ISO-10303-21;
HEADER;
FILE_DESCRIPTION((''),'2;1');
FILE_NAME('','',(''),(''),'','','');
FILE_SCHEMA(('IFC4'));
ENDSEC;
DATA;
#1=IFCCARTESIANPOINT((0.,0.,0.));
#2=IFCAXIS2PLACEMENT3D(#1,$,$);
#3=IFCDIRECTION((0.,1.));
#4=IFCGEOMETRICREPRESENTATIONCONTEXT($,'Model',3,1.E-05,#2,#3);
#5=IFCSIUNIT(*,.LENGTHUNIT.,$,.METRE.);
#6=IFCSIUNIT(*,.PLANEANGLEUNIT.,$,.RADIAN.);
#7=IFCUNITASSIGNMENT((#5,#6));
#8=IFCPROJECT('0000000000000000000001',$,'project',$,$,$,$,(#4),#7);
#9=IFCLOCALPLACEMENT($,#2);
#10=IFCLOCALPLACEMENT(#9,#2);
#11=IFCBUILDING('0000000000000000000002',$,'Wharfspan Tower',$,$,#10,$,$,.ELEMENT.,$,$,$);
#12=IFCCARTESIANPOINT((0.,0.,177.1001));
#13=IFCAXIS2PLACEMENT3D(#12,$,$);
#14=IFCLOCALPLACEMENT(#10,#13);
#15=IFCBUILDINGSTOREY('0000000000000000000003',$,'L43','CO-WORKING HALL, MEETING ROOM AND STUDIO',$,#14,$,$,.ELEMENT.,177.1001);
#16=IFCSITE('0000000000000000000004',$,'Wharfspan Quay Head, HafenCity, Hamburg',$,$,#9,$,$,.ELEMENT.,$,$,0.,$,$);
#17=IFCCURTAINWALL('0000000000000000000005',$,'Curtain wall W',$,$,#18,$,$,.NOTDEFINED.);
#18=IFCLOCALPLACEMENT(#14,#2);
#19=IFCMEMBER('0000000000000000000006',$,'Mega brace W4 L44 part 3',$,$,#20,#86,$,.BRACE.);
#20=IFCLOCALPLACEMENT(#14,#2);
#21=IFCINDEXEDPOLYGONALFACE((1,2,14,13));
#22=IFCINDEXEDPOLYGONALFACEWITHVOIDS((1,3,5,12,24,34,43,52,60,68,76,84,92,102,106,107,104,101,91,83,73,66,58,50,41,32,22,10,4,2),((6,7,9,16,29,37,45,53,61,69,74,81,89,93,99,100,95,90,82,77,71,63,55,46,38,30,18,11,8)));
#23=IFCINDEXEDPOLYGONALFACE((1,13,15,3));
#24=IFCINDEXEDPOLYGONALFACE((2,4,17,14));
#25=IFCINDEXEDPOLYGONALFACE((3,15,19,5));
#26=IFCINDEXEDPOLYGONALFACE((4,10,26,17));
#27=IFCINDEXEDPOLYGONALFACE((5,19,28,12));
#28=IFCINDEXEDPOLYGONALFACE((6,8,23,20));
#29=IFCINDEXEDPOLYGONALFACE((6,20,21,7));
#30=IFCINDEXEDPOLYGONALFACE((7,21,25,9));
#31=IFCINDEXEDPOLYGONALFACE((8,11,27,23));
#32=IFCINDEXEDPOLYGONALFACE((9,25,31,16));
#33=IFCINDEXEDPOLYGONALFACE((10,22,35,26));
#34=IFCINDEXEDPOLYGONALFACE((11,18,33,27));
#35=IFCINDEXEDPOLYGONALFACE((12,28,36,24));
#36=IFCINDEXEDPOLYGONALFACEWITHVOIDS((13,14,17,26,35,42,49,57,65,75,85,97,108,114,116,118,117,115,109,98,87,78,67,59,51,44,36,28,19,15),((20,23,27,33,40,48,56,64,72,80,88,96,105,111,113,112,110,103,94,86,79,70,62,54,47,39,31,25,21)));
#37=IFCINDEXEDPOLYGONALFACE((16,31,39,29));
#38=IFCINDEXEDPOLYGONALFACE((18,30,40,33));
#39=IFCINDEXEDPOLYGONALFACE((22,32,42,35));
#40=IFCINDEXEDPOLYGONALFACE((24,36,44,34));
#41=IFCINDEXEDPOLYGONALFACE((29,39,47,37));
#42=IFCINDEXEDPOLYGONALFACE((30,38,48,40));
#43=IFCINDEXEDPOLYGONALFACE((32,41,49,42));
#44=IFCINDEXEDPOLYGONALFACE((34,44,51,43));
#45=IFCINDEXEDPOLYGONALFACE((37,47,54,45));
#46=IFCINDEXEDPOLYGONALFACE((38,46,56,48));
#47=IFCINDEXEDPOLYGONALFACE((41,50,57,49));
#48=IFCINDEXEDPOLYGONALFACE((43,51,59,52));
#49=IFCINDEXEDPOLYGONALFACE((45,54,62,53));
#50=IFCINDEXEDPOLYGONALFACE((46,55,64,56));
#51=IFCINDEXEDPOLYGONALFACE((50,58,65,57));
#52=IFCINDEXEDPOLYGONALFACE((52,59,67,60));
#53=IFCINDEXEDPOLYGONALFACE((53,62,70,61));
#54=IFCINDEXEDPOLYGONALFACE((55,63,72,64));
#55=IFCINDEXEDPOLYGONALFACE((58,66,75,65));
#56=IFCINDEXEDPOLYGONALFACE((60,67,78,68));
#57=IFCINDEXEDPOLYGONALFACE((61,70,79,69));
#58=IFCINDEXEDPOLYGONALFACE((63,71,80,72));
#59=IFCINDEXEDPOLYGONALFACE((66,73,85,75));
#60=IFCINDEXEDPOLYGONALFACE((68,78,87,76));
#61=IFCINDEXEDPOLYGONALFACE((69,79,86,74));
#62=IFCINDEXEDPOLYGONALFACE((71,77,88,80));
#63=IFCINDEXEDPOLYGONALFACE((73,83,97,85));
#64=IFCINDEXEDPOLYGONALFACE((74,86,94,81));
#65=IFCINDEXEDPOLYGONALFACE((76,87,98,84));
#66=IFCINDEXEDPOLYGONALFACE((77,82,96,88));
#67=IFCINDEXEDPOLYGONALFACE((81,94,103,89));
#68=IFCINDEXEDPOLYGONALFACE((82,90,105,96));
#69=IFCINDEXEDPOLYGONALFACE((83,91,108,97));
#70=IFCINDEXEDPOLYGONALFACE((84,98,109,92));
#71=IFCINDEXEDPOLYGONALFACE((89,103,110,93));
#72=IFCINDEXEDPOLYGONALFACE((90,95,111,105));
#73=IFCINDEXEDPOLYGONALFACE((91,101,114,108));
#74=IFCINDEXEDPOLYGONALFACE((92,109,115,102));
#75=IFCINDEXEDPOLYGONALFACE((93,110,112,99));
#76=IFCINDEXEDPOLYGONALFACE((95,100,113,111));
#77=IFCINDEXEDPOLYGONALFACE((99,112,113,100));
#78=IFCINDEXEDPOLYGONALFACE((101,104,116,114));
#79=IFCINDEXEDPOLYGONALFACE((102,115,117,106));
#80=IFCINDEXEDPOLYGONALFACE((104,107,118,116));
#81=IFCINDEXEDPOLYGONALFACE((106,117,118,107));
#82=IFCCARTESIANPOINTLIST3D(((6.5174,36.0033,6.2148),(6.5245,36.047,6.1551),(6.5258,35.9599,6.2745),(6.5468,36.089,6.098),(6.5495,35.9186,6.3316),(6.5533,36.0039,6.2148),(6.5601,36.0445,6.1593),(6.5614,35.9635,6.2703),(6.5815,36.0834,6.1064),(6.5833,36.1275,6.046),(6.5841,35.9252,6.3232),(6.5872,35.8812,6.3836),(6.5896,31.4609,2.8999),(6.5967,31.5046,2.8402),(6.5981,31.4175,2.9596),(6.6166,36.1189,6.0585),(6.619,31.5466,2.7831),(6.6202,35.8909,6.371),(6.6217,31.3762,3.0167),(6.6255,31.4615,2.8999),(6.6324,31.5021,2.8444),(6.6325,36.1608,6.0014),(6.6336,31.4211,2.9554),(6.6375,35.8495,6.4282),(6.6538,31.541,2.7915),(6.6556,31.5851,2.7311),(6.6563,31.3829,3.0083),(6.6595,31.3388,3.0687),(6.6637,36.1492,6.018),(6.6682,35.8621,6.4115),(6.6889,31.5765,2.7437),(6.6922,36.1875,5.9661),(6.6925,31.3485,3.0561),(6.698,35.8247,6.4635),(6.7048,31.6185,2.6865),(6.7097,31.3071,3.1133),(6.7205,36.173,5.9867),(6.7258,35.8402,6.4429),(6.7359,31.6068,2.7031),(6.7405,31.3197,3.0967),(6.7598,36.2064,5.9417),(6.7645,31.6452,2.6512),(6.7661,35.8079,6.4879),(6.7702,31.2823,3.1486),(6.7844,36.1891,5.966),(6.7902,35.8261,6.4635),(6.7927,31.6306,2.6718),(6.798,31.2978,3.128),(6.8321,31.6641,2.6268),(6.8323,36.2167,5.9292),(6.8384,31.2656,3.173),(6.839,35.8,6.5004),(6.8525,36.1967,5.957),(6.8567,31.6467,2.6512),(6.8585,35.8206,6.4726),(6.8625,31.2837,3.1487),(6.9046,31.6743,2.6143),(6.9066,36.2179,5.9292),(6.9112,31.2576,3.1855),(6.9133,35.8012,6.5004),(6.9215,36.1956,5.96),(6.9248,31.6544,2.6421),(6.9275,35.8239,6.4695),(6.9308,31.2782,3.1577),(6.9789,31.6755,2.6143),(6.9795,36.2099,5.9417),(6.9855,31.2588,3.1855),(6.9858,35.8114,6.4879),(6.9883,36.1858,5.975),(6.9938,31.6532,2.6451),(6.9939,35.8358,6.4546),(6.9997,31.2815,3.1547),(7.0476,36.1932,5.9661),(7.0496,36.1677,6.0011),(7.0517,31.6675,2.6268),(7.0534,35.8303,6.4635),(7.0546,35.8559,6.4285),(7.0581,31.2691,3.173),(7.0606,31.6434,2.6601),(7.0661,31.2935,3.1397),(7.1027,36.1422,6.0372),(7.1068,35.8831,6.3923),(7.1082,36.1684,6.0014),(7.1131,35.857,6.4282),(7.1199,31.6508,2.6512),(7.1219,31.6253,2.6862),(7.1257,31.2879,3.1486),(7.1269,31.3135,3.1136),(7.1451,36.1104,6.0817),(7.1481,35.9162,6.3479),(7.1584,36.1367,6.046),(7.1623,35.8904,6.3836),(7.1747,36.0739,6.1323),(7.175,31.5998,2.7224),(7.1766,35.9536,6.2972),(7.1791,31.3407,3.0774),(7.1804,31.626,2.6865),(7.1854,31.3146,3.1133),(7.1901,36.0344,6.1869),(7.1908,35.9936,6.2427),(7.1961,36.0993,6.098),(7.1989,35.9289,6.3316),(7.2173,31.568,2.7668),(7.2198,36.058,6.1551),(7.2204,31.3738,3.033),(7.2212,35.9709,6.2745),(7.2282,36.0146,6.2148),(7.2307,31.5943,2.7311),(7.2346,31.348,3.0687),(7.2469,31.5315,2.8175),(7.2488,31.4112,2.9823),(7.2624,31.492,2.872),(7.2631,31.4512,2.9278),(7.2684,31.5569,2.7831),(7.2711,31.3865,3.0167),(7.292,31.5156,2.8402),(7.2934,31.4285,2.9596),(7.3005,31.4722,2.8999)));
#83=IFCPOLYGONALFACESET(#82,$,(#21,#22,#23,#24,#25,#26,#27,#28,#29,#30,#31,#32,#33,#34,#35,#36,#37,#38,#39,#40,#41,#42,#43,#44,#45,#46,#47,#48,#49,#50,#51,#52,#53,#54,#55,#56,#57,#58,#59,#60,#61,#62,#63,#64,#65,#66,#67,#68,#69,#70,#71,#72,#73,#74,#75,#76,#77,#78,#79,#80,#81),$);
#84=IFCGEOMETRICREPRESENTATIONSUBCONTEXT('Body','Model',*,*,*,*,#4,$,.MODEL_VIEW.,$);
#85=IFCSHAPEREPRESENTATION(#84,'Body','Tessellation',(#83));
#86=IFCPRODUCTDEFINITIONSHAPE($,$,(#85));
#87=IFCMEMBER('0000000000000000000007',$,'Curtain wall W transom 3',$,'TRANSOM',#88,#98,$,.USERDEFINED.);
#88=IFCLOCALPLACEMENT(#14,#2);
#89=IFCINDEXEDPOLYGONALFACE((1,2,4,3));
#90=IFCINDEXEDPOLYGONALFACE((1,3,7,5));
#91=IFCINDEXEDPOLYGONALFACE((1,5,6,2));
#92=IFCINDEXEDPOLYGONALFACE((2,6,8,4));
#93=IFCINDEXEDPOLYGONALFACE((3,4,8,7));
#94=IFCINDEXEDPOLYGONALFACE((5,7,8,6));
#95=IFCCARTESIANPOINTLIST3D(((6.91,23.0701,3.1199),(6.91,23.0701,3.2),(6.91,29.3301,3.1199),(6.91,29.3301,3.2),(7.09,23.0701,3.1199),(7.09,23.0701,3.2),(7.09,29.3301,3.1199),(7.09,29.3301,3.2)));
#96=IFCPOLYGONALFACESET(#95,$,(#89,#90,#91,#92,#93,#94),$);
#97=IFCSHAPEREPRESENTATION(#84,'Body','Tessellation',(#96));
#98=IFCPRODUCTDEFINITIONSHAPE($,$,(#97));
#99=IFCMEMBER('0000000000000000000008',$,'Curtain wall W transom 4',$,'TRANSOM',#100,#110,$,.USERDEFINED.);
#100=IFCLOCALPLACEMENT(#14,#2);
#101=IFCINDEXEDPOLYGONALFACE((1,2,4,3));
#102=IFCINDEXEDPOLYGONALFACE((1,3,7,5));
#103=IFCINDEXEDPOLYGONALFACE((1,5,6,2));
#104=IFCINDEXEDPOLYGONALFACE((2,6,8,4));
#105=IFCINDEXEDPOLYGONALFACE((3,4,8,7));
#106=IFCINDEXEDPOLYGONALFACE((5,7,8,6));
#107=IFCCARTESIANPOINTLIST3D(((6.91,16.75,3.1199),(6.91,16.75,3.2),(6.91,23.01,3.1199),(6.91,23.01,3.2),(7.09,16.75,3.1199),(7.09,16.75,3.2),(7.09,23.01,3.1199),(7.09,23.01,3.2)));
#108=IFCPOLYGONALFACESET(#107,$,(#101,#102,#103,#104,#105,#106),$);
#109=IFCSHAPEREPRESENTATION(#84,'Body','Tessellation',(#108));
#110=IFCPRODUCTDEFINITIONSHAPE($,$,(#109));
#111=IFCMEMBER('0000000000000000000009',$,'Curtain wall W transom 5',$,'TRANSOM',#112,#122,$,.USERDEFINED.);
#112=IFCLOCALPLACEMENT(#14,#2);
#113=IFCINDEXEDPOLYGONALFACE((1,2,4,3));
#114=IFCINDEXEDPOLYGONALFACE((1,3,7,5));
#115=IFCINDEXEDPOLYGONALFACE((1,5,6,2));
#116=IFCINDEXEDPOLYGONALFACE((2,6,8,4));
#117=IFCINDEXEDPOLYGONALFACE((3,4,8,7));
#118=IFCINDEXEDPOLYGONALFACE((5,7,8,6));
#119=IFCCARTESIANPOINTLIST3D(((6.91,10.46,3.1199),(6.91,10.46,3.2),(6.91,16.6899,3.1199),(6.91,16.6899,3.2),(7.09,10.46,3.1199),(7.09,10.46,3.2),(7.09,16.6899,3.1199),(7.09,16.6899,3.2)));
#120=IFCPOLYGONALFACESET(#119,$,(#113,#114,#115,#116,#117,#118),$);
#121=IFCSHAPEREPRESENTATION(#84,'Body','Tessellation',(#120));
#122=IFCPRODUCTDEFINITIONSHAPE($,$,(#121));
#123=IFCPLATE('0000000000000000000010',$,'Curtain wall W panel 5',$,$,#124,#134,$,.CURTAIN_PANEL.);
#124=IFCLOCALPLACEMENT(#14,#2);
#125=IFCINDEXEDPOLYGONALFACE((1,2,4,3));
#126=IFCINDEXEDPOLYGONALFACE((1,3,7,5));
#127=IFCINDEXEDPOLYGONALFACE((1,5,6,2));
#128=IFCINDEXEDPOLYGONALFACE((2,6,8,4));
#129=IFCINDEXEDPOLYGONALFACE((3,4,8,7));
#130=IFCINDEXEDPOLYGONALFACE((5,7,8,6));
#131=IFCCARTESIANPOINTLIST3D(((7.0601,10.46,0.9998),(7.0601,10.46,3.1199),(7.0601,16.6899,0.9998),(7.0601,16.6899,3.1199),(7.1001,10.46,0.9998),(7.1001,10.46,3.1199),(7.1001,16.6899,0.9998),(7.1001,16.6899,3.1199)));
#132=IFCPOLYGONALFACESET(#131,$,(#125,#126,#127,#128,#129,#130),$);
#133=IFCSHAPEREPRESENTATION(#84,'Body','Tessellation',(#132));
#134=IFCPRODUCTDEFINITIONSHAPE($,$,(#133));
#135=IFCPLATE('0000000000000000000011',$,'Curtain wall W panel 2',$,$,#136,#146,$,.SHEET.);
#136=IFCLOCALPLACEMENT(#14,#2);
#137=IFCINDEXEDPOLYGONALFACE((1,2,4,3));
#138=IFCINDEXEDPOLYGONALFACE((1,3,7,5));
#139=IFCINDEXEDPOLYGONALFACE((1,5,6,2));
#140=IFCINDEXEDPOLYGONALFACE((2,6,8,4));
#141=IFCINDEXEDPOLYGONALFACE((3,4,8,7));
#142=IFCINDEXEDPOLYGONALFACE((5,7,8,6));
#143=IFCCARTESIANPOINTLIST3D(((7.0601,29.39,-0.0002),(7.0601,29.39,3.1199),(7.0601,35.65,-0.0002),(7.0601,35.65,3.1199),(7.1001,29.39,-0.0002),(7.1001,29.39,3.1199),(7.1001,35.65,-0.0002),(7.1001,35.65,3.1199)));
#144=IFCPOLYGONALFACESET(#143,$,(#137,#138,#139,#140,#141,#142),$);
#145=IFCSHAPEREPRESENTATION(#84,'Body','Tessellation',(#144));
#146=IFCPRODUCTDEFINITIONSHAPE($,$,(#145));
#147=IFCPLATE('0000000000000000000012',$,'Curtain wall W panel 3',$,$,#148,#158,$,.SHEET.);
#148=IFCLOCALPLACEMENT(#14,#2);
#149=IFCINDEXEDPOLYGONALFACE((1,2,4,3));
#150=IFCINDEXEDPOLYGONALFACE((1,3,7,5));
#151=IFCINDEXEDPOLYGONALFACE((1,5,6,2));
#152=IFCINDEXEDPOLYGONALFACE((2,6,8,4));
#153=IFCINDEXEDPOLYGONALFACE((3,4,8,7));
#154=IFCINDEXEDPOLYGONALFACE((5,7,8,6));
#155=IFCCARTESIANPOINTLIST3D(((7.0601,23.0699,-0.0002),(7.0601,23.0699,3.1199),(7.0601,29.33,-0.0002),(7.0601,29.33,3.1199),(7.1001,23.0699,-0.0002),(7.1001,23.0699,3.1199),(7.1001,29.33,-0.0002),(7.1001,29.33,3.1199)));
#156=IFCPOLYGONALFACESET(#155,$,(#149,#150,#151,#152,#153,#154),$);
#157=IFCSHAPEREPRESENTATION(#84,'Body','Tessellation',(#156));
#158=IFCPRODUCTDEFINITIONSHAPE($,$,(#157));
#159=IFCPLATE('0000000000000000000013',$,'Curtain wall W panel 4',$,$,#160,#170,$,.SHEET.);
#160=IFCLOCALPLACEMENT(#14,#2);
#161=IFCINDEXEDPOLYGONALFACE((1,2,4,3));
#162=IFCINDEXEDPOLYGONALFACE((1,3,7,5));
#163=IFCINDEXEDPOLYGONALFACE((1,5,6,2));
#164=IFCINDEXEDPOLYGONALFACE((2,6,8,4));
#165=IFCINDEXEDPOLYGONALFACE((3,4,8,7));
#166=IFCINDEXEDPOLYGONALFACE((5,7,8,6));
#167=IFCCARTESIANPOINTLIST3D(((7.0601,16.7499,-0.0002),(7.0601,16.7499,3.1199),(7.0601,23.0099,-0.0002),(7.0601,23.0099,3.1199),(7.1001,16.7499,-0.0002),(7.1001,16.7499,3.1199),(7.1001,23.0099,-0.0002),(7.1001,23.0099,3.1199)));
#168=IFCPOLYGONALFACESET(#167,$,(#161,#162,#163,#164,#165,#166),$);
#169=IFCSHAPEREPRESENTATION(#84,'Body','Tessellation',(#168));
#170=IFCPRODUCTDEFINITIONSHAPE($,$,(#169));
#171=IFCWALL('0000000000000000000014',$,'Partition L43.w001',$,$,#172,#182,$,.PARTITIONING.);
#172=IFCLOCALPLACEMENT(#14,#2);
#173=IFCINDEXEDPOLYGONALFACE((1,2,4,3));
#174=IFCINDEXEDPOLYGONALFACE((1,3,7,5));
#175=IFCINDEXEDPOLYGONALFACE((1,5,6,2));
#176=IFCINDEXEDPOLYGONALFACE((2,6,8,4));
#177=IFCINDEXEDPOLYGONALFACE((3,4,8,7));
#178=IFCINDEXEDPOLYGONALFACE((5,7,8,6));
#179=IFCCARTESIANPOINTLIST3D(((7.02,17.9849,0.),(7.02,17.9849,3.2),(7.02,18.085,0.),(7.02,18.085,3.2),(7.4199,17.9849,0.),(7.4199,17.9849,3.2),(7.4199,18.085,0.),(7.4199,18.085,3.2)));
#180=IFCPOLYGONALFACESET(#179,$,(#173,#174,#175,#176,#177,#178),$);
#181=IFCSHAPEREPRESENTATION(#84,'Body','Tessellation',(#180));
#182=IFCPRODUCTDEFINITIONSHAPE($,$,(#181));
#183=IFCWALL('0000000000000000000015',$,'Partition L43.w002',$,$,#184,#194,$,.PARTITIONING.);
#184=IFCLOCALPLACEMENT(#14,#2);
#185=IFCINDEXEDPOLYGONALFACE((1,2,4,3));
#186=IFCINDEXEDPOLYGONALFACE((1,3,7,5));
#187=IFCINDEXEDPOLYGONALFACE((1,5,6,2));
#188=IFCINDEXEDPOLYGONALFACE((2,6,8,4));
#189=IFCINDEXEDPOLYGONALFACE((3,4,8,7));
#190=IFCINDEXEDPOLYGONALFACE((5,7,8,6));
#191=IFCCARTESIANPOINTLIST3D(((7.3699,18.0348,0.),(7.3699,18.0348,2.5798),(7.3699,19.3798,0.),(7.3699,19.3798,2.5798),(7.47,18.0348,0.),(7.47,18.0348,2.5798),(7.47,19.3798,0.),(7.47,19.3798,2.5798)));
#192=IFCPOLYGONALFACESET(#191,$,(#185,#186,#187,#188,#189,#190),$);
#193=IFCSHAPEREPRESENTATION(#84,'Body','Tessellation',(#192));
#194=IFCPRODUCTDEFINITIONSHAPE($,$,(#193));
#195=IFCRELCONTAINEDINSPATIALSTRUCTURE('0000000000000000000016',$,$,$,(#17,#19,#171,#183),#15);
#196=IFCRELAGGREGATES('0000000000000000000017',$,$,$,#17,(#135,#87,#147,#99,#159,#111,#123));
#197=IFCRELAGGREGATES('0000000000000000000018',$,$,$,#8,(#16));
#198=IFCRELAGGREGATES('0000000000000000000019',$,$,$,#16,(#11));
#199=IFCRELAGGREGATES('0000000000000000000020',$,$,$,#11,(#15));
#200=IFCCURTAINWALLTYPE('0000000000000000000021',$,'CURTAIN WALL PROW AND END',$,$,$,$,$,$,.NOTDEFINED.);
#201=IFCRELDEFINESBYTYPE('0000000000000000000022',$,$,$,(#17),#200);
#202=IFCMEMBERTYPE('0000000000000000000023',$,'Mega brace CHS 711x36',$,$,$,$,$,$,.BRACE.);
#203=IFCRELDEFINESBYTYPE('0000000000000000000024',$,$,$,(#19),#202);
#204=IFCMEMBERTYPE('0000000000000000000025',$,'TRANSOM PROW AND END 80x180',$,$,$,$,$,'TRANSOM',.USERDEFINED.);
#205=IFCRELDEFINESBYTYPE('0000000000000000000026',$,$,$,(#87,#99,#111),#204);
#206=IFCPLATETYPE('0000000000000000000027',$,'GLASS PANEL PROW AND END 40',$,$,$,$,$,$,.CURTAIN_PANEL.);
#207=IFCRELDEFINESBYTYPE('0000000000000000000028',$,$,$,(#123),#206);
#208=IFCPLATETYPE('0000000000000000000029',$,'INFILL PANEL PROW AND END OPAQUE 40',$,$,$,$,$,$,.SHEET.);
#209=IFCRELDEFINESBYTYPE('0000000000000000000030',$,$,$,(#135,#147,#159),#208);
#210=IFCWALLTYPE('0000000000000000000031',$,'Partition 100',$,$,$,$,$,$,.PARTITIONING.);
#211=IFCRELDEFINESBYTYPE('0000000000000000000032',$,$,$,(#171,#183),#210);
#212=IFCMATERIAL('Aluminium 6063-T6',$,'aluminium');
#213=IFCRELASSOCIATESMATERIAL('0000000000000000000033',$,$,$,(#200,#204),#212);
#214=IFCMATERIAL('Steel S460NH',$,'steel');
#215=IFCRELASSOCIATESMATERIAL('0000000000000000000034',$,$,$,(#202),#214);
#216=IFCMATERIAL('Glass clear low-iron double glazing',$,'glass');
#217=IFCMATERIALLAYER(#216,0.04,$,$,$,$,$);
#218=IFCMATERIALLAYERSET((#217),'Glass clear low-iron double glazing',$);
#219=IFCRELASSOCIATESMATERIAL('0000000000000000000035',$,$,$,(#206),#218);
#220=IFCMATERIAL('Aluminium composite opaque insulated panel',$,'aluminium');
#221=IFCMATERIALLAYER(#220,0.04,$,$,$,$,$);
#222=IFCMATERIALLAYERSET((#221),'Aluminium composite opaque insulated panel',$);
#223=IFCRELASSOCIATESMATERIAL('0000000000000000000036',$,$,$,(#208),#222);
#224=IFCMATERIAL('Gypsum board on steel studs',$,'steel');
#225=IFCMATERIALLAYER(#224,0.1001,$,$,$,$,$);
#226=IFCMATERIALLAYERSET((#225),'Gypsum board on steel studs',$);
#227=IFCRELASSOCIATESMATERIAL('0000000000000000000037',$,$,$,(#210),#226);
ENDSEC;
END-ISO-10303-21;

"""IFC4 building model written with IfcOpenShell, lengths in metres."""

from ifc_helpers import new_model, si_unit, direction, frame, frame_2d, origin, origin_2d, place, context, subcontext, project, spatial, rectangle, hollow_circle, extrude, material, layer, layer_set, material_profile, profile_set, type_object, element, aggregate, save


model = new_model("IFC4")

# Units and contexts
model_context = context("Model", 3, precision=1e-05, world=origin(), true_north=direction((0.0, 1.0)))
body_context = subcontext(model_context, "Body", "Model", "MODEL_VIEW")
ifc_project = project(units=[si_unit("LENGTHUNIT", "METRE"), si_unit("PLANEANGLEUNIT", "RADIAN")], contexts=[model_context])

# Site, building, storey
site_placement = place(None, origin())
site = spatial("IfcSite", under=ifc_project, at=site_placement, Name="Wharfspan Quay Head, HafenCity, Hamburg", CompositionType="ELEMENT", RefElevation=0.0)
building_placement = place(site_placement, origin())
building = spatial("IfcBuilding", under=site, at=building_placement, Name="Wharfspan Tower", CompositionType="ELEMENT")
storey_placement = place(building_placement, frame((0.0, 0.0, 177.1001)))
storey = spatial("IfcBuildingStorey", under=building, at=storey_placement, Name="L43", Description="CO-WORKING HALL, MEETING ROOM AND STUDIO", CompositionType="ELEMENT", Elevation=177.1001)

# Curtain wall
ifc_material_1 = material(Name="Aluminium 6063-T6", Category="aluminium")
curtain_wall_type = type_object("IfcCurtainWallType", Name="CURTAIN WALL PROW AND END", PredefinedType="NOTDEFINED", material=ifc_material_1)
curtain_wall_placement = place(storey_placement, origin())
curtain_wall = element("IfcCurtainWall", 1, at=curtain_wall_placement, inside=storey, type_object=curtain_wall_type, Name="Curtain wall W", PredefinedType="NOTDEFINED")

# Member
ifc_material_2 = material(Name="Steel S460NH", Category="steel")
ifc_material_profile_1 = material_profile(ifc_material_2, hollow_circle(Radius=0.3555, WallThickness=0.0359, at=origin_2d()))
ifc_profile_set_1 = profile_set([ifc_material_profile_1], Name="Steel S460NH")
member_type_1 = type_object("IfcMemberType", Name="Mega brace CHS 711x36", PredefinedType="BRACE", material=ifc_profile_set_1)
member_1_placement = place(storey_placement, frame((6.9451, 31.4666, 2.8999), z_axis=(-0.01285, 0.807711, 0.589439), x_axis=(-0.999876, -0.015905, -0.000003)))
element("IfcMember", 2, at=member_1_placement, inside=storey, type_object=member_type_1, Name="Mega brace W4 L44 part 3", PredefinedType="BRACE", context=body_context, shape_type="SweptSolid", body=[
    extrude(hollow_circle(Radius=0.3555, WallThickness=0.0359, at=origin_2d()), origin(), (0.0, 0.0, 1.0), 5.6238),
])

# Members
ifc_material_profile_2 = material_profile(ifc_material_1, rectangle(XDim=0.1799, YDim=0.0801, at=origin_2d()))
ifc_profile_set_2 = profile_set([ifc_material_profile_2], Name="Aluminium 6063-T6")
member_type_2 = type_object("IfcMemberType", Name="TRANSOM PROW AND END 80x180", ElementType="TRANSOM", PredefinedType="USERDEFINED", material=ifc_profile_set_2)
member_2_placement = place(storey_placement, frame((7.0, 29.3301, 3.1599), z_axis=(0.0, -1.0, 0.0), x_axis=(1.0, 0.0, 0.0)))
member_2 = element("IfcMember", 3, at=member_2_placement, type_object=member_type_2, Name="Curtain wall W transom 3", ObjectType="TRANSOM", PredefinedType="USERDEFINED", context=body_context, shape_type="SweptSolid", body=[
    extrude(rectangle(XDim=0.1799, YDim=0.0801, at=origin_2d()), origin(), (0.0, 0.0, 1.0), 6.26),
])
member_3_placement = place(storey_placement, frame((7.0, 23.01, 3.1599), z_axis=(0.0, -1.0, 0.0), x_axis=(1.0, 0.0, 0.0)))
member_3 = element("IfcMember", 4, at=member_3_placement, type_object=member_type_2, Name="Curtain wall W transom 4", ObjectType="TRANSOM", PredefinedType="USERDEFINED", context=body_context, shape_type="SweptSolid", body=[
    extrude(rectangle(XDim=0.1799, YDim=0.0801, at=origin_2d()), origin(), (0.0, 0.0, 1.0), 6.26),
])
member_4_placement = place(storey_placement, frame((7.0, 16.6899, 3.1599), z_axis=(0.0, -1.0, 0.0), x_axis=(1.0, 0.0, 0.0)))
member_4 = element("IfcMember", 5, at=member_4_placement, type_object=member_type_2, Name="Curtain wall W transom 5", ObjectType="TRANSOM", PredefinedType="USERDEFINED", context=body_context, shape_type="SweptSolid", body=[
    extrude(rectangle(XDim=0.1799, YDim=0.0801, at=origin_2d()), origin(), (0.0, 0.0, 1.0), 6.23),
])

# Plates
ifc_material_3 = material(Name="Glass clear low-iron double glazing", Category="glass")
ifc_layer_1 = layer(ifc_material_3, 0.04)
ifc_layer_set_1 = layer_set([ifc_layer_1], Name="Glass clear low-iron double glazing")
plate_type_1 = type_object("IfcPlateType", Name="GLASS PANEL PROW AND END 40", PredefinedType="CURTAIN_PANEL", material=ifc_layer_set_1)
plate_1_placement = place(storey_placement, frame((7.0801, 13.575, 0.9998), z_axis=(0.0, 0.0, 1.0), x_axis=(0.0, -1.0, 0.0)))
plate_1 = element("IfcPlate", 6, at=plate_1_placement, type_object=plate_type_1, Name="Curtain wall W panel 5", PredefinedType="CURTAIN_PANEL", context=body_context, shape_type="SweptSolid", body=[
    extrude(rectangle(XDim=6.23, YDim=0.04, at=origin_2d()), origin(), (0.0, 0.0, 1.0), 2.1201),
])
ifc_material_4 = material(Name="Aluminium composite opaque insulated panel", Category="aluminium")
ifc_layer_2 = layer(ifc_material_4, 0.04)
ifc_layer_set_2 = layer_set([ifc_layer_2], Name="Aluminium composite opaque insulated panel")
plate_type_2 = type_object("IfcPlateType", Name="INFILL PANEL PROW AND END OPAQUE 40", PredefinedType="SHEET", material=ifc_layer_set_2)
plate_2_placement = place(storey_placement, frame((7.0801, 32.52, -0.0002), z_axis=(0.0, 0.0, 1.0), x_axis=(0.0, -1.0, 0.0)))
plate_2 = element("IfcPlate", 7, at=plate_2_placement, type_object=plate_type_2, Name="Curtain wall W panel 2", PredefinedType="SHEET", context=body_context, shape_type="SweptSolid", body=[
    extrude(rectangle(XDim=6.26, YDim=0.04, at=origin_2d()), origin(), (0.0, 0.0, 1.0), 3.1201),
])
plate_3_placement = place(storey_placement, frame((7.0801, 26.2, -0.0002), z_axis=(0.0, 0.0, 1.0), x_axis=(0.0, -1.0, 0.0)))
plate_3 = element("IfcPlate", 8, at=plate_3_placement, type_object=plate_type_2, Name="Curtain wall W panel 3", PredefinedType="SHEET", context=body_context, shape_type="SweptSolid", body=[
    extrude(rectangle(XDim=6.26, YDim=0.04, at=origin_2d()), origin(), (0.0, 0.0, 1.0), 3.1201),
])
plate_4_placement = place(storey_placement, frame((7.0801, 19.8799, -0.0002), z_axis=(0.0, 0.0, 1.0), x_axis=(0.0, -1.0, 0.0)))
plate_4 = element("IfcPlate", 9, at=plate_4_placement, type_object=plate_type_2, Name="Curtain wall W panel 4", PredefinedType="SHEET", context=body_context, shape_type="SweptSolid", body=[
    extrude(rectangle(XDim=6.26, YDim=0.04, at=origin_2d()), origin(), (0.0, 0.0, 1.0), 3.1201),
])
aggregate(curtain_wall, [plate_2, member_2, plate_3, member_3, plate_4, member_4, plate_1])

# Walls
ifc_material_5 = material(Name="Gypsum board on steel studs", Category="steel")
ifc_layer_3 = layer(ifc_material_5, 0.1001)
ifc_layer_set_3 = layer_set([ifc_layer_3], Name="Gypsum board on steel studs")
wall_type_1 = type_object("IfcWallType", Name="Partition 100", PredefinedType="PARTITIONING", material=ifc_layer_set_3)
wall_1_placement = place(storey_placement, frame((7.02, 18.0349, 0.0), z_axis=(0.0, 0.0, 1.0), x_axis=(1.0, 0.0, 0.0)))
element("IfcWall", 10, at=wall_1_placement, inside=storey, type_object=wall_type_1, Name="Partition L43.w001", PredefinedType="PARTITIONING", context=body_context, shape_type="SweptSolid", body=[
    extrude(rectangle(XDim=0.3999, YDim=0.1001, at=frame_2d((0.2, 0.0))), origin(), (0.0, 0.0, 1.0), 3.2),
])
wall_2_placement = place(storey_placement, frame((7.4199, 18.0349, 0.0), z_axis=(0.0, 0.0, 1.0), x_axis=(0.0, 1.0, 0.0)))
element("IfcWall", 11, at=wall_2_placement, inside=storey, type_object=wall_type_1, Name="Partition L43.w002", PredefinedType="PARTITIONING", context=body_context, shape_type="SweptSolid", body=[
    extrude(rectangle(XDim=1.345, YDim=0.1001, at=frame_2d((0.6724, 0.0))), origin(), (0.0, 0.0, 1.0), 2.5798),
])

save(model, "model.ifc")
